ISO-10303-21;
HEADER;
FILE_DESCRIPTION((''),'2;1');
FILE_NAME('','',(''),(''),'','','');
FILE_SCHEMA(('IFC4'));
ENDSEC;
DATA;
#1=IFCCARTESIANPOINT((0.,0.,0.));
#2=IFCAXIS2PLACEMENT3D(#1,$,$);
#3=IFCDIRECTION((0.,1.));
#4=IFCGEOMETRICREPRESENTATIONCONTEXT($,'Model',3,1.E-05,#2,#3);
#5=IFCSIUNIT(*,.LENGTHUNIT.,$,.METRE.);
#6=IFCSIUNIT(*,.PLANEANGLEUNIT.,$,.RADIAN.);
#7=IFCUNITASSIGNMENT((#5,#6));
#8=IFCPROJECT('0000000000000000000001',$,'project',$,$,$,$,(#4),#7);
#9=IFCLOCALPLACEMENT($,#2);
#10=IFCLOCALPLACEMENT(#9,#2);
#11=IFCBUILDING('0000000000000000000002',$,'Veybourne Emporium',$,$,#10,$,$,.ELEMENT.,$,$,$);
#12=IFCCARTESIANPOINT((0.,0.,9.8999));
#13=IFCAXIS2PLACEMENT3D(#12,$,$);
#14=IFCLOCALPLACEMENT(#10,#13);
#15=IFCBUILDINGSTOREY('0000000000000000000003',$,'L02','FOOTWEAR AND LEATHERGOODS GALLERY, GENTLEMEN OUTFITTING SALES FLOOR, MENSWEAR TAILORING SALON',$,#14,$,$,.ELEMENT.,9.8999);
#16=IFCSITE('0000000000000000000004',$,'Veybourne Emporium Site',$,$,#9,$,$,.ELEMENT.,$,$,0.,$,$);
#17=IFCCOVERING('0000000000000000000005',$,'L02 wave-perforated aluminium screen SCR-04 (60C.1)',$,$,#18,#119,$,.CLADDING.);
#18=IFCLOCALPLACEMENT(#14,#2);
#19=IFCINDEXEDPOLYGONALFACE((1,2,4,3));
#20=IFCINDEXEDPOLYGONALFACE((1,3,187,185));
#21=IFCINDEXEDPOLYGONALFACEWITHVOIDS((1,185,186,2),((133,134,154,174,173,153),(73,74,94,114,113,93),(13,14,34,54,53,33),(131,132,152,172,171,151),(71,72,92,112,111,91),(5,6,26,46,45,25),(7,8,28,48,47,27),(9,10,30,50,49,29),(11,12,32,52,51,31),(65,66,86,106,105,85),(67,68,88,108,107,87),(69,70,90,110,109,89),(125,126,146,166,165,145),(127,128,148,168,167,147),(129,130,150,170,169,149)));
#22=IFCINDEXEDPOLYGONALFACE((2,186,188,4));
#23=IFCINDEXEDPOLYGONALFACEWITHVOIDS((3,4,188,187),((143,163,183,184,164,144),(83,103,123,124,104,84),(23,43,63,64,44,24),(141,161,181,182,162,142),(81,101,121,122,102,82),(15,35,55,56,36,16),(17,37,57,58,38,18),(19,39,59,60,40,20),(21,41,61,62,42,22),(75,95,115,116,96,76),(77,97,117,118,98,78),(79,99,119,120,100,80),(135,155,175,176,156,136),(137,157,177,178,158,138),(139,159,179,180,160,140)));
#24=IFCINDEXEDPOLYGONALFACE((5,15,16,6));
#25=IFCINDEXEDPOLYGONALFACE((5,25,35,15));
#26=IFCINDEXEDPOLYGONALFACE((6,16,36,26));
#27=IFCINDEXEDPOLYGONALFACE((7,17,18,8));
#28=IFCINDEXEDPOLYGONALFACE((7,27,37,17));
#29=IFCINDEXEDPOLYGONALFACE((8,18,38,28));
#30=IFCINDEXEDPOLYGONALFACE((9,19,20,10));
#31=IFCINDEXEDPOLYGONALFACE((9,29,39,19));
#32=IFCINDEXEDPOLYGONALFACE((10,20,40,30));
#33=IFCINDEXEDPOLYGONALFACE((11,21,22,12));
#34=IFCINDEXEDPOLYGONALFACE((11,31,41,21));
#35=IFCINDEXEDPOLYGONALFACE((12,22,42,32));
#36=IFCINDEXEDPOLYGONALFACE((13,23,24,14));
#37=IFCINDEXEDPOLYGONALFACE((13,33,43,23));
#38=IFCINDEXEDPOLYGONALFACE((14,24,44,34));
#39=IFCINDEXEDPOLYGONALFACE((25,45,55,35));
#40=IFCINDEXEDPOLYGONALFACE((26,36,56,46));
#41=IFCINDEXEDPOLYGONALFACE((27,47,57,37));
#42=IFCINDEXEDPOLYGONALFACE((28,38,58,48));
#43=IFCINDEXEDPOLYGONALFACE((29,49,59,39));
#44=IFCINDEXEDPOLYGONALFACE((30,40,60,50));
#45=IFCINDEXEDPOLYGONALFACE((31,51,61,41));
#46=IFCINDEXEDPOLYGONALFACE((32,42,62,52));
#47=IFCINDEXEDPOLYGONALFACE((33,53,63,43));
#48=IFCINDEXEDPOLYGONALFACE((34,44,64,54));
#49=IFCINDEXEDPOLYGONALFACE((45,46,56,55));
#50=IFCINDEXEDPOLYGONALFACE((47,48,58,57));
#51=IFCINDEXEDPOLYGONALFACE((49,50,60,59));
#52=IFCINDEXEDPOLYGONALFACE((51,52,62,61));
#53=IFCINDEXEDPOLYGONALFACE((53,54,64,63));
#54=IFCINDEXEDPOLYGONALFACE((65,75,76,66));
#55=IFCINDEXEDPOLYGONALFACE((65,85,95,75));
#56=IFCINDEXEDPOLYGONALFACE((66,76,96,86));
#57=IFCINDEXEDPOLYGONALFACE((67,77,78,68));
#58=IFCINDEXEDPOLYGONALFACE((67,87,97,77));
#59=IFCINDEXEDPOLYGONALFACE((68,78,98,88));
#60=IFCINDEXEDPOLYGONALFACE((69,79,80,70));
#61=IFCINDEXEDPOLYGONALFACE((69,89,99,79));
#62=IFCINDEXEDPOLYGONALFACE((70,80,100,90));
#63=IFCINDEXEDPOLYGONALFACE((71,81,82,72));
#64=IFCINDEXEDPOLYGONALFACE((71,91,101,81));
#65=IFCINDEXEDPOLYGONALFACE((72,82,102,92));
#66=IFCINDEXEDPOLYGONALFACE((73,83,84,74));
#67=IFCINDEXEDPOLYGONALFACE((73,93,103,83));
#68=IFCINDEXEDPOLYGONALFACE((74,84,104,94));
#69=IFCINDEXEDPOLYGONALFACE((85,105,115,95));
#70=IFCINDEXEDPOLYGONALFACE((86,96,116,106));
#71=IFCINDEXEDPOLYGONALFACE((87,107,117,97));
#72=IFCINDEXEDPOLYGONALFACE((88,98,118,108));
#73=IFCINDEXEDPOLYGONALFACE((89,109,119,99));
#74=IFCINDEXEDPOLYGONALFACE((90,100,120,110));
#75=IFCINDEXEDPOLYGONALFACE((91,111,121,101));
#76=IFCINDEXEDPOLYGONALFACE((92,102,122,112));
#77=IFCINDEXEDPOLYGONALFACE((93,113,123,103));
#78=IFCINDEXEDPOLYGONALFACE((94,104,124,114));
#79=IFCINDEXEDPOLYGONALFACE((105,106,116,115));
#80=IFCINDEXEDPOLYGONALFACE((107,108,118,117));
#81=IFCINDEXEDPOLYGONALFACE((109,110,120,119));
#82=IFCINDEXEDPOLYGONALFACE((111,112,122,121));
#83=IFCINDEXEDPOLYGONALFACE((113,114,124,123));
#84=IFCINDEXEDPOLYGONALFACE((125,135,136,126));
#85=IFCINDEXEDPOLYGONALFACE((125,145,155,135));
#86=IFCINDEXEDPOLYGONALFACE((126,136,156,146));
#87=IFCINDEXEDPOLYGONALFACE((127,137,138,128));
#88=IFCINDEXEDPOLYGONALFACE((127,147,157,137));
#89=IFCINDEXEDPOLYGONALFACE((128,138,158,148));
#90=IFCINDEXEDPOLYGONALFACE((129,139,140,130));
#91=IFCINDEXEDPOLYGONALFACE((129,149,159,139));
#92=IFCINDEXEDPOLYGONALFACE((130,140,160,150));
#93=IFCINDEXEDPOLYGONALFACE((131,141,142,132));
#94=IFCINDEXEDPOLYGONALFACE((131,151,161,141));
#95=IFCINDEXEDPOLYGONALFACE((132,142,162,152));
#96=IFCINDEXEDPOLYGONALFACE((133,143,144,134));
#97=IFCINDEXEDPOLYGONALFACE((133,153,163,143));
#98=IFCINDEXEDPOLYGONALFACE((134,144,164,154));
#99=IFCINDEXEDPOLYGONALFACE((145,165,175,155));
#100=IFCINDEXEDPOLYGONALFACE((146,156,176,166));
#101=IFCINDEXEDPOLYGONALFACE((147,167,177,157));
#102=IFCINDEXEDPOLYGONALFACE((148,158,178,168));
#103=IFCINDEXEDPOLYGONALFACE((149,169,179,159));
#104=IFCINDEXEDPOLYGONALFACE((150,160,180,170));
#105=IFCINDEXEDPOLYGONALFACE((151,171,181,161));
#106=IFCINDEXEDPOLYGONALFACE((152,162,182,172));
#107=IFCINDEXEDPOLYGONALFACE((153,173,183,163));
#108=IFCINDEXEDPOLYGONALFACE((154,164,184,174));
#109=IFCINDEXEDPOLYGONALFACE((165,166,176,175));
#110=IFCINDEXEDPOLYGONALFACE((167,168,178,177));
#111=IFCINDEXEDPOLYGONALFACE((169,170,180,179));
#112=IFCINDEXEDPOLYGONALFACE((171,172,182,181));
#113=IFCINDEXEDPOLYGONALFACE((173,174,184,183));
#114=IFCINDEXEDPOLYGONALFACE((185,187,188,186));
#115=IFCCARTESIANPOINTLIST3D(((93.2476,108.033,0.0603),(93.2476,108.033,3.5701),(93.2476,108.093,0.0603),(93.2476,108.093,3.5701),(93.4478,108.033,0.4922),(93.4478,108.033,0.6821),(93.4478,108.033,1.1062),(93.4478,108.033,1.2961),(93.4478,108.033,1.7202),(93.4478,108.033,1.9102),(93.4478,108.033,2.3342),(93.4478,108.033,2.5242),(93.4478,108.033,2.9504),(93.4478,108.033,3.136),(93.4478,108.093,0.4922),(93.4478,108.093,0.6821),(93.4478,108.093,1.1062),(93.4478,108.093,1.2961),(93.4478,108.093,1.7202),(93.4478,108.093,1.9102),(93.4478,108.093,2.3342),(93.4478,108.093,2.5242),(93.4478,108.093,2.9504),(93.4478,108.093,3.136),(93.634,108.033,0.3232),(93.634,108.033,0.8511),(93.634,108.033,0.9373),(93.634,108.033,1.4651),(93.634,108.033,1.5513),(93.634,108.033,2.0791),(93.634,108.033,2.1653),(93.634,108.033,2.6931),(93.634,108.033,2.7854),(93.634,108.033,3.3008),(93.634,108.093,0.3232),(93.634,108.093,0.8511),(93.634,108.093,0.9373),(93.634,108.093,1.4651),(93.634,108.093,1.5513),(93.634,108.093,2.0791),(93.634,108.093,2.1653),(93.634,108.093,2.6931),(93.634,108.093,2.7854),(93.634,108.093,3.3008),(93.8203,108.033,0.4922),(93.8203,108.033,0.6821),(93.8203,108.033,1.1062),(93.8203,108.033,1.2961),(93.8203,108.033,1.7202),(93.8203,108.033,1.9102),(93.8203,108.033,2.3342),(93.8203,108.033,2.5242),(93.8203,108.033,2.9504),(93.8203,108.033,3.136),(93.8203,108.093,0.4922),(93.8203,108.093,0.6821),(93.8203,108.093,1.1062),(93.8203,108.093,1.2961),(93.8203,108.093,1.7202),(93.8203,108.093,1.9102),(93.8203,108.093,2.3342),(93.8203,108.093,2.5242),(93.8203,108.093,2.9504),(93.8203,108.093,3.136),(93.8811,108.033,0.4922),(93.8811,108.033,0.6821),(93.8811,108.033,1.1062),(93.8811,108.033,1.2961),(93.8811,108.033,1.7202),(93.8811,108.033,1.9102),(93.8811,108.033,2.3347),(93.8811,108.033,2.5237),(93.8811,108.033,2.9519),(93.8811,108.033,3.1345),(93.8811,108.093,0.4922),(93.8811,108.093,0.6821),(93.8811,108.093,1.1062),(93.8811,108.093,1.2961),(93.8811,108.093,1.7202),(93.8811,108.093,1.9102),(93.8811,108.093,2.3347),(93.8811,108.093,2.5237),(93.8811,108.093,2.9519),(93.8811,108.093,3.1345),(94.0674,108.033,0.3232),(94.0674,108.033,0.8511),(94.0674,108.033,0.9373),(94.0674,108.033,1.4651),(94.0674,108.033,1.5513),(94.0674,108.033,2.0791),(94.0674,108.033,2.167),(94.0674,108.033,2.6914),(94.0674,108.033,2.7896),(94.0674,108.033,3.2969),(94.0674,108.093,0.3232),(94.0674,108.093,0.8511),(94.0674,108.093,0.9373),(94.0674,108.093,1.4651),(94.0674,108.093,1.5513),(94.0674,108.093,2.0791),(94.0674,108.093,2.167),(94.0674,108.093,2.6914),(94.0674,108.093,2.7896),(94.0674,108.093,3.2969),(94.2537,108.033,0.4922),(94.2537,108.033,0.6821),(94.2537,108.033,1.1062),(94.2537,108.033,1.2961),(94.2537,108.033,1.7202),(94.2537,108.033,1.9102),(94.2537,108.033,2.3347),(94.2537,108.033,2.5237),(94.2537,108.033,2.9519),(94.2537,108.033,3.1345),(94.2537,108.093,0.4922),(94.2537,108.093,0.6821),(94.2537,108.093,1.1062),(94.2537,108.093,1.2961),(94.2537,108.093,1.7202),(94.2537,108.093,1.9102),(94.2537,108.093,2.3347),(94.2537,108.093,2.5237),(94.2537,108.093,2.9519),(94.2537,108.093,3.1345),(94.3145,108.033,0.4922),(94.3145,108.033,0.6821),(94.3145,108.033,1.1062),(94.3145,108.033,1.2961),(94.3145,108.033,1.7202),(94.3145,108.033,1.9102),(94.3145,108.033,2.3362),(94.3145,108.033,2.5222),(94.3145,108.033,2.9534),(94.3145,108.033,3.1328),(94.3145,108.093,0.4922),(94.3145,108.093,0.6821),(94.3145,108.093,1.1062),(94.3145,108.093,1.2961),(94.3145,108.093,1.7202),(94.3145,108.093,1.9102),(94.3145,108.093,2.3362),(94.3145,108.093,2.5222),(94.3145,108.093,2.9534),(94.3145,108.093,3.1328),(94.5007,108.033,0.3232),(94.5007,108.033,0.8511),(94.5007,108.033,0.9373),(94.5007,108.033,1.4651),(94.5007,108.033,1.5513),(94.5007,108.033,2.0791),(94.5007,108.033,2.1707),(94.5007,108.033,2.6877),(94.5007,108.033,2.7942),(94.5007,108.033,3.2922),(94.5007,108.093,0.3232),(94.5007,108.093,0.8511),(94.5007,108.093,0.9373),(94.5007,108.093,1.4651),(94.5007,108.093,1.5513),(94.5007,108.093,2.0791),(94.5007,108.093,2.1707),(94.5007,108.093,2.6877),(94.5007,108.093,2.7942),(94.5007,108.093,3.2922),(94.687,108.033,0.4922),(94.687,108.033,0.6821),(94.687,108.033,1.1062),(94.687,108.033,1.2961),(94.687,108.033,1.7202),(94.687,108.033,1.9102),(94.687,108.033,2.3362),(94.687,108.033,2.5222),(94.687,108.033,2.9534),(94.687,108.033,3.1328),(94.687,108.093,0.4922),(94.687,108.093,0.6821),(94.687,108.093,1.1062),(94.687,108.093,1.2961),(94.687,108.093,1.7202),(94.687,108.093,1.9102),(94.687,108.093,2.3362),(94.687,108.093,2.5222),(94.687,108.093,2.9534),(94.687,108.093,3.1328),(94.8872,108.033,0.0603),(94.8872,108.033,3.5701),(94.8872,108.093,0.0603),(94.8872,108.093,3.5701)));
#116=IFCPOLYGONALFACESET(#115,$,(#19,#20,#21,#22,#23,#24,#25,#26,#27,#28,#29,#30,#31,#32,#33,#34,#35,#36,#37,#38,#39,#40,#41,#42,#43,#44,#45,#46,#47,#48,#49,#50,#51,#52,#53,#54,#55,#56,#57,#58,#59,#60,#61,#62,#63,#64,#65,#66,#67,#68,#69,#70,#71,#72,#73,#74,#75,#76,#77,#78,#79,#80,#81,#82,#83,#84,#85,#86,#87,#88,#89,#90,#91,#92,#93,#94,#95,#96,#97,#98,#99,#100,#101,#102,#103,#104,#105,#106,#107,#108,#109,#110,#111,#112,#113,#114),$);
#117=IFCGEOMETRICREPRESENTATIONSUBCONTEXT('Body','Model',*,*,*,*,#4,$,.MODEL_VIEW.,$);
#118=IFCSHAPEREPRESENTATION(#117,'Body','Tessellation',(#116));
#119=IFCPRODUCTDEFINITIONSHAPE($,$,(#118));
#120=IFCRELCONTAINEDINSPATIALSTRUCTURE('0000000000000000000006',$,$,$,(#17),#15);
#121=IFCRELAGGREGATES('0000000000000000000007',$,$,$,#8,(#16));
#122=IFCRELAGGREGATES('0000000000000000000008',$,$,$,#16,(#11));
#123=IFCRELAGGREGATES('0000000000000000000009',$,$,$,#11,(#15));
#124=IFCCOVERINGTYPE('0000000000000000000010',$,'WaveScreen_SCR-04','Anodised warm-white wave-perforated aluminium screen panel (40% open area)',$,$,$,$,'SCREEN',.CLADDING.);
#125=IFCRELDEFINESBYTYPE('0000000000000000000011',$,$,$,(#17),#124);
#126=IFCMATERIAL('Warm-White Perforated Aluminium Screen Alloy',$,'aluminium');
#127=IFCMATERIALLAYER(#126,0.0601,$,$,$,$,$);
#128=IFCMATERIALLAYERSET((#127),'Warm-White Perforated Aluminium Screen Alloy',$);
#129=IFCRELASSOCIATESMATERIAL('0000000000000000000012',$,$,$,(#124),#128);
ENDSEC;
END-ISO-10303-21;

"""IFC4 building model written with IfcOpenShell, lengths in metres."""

from ifc_helpers import new_model, si_unit, direction, frame, origin, place, context, subcontext, project, spatial, polyline, outline, extrude, material, layer, layer_set, type_object, element, save


model = new_model("IFC4")

# Units and contexts
model_context = context("Model", 3, precision=1e-05, world=origin(), true_north=direction((0.0, 1.0)))
body_context = subcontext(model_context, "Body", "Model", "MODEL_VIEW")
ifc_project = project(units=[si_unit("LENGTHUNIT", "METRE"), si_unit("PLANEANGLEUNIT", "RADIAN")], contexts=[model_context])

# Site, building, storey
site_placement = place(None, origin())
site = spatial("IfcSite", under=ifc_project, at=site_placement, Name="Veybourne Emporium Site", CompositionType="ELEMENT", RefElevation=0.0)
building_placement = place(site_placement, origin())
building = spatial("IfcBuilding", under=site, at=building_placement, Name="Veybourne Emporium", CompositionType="ELEMENT")
storey_placement = place(building_placement, frame((0.0, 0.0, 9.8999)))
storey = spatial("IfcBuildingStorey", under=building, at=storey_placement, Name="L02", Description="FOOTWEAR AND LEATHERGOODS GALLERY, GENTLEMEN OUTFITTING SALES FLOOR, MENSWEAR TAILORING SALON", CompositionType="ELEMENT", Elevation=9.8999)

# Covering
ifc_material_1 = material(Name="Warm-White Perforated Aluminium Screen Alloy", Category="aluminium")
ifc_layer_1 = layer(ifc_material_1, 0.0601)
ifc_layer_set_1 = layer_set([ifc_layer_1], Name="Warm-White Perforated Aluminium Screen Alloy")
covering_type_1 = type_object("IfcCoveringType", Name="WaveScreen_SCR-04", Description="Anodised warm-white wave-perforated aluminium screen panel (40% open area)", ElementType="SCREEN", PredefinedType="CLADDING", material=ifc_layer_set_1)
covering_1_placement = place(storey_placement, frame((94.0674, 108.093, 1.8152), z_axis=(0.0, -1.0, 0.0), x_axis=(1.0, 0.0, 0.0)))
element("IfcCovering", 1, at=covering_1_placement, inside=storey, type_object=covering_type_1, Name="L02 wave-perforated aluminium screen SCR-04 (60C.1)", PredefinedType="CLADDING", context=body_context, shape_type="SweptSolid", body=[
    extrude(outline(polyline([(-0.8198, -1.7549), (0.8198, -1.7549), (0.8198, 1.7549), (-0.8198, 1.7549), (-0.8198, -1.7549)]), holes=[polyline([(-0.4333, -0.9641), (-0.2471, -1.1331), (-0.2471, -1.323), (-0.4333, -1.4919), (-0.6196, -1.323), (-0.6196, -1.1331), (-0.4333, -0.9641)]), polyline([(-0.4333, -0.3501), (-0.2471, -0.519), (-0.2471, -0.709), (-0.4333, -0.8779), (-0.6196, -0.709), (-0.6196, -0.519), (-0.4333, -0.3501)]), polyline([(-0.4333, 0.2639), (-0.2471, 0.095), (-0.2471, -0.095), (-0.4333, -0.2639), (-0.6196, -0.095), (-0.6196, 0.095), (-0.4333, 0.2639)]), polyline([(-0.4333, 0.8779), (-0.2471, 0.709), (-0.2471, 0.519), (-0.4333, 0.3501), (-0.6196, 0.519), (-0.6196, 0.709), (-0.4333, 0.8779)]), polyline([(-0.4333, 1.4856), (-0.2471, 1.3208), (-0.2471, 1.1353), (-0.4333, 0.9702), (-0.6196, 1.1353), (-0.6196, 1.3208), (-0.4333, 1.4856)]), polyline([(0.0, -0.9641), (0.1863, -1.1331), (0.1863, -1.323), (0.0, -1.4919), (-0.1863, -1.323), (-0.1863, -1.1331), (0.0, -0.9641)]), polyline([(0.0, -0.3501), (0.1863, -0.519), (0.1863, -0.709), (0.0, -0.8779), (-0.1863, -0.709), (-0.1863, -0.519), (0.0, -0.3501)]), polyline([(0.0, 0.2639), (0.1863, 0.095), (0.1863, -0.095), (0.0, -0.2639), (-0.1863, -0.095), (-0.1863, 0.095), (0.0, 0.2639)]), polyline([(0.0, 0.8762), (0.1863, 0.7085), (0.1863, 0.5195), (0.0, 0.3518), (-0.1863, 0.5195), (-0.1863, 0.7085), (0.0, 0.8762)]), polyline([(0.0, 1.4817), (0.1863, 1.3193), (0.1863, 1.1367), (0.0, 0.9744), (-0.1863, 1.1367), (-0.1863, 1.3193), (0.0, 1.4817)]), polyline([(0.4333, -0.9641), (0.6196, -1.1331), (0.6196, -1.323), (0.4333, -1.4919), (0.2471, -1.323), (0.2471, -1.1331), (0.4333, -0.9641)]), polyline([(0.4333, -0.3501), (0.6196, -0.519), (0.6196, -0.709), (0.4333, -0.8779), (0.2471, -0.709), (0.2471, -0.519), (0.4333, -0.3501)]), polyline([(0.4333, 0.2639), (0.6196, 0.095), (0.6196, -0.095), (0.4333, -0.2639), (0.2471, -0.095), (0.2471, 0.095), (0.4333, 0.2639)]), polyline([(0.4333, 0.8726), (0.6196, 0.707), (0.6196, 0.521), (0.4333, 0.3555), (0.2471, 0.521), (0.2471, 0.707), (0.4333, 0.8726)]), polyline([(0.4333, 1.4771), (0.6196, 1.3176), (0.6196, 1.1382), (0.4333, 0.979), (0.2471, 1.1382), (0.2471, 1.3176), (0.4333, 1.4771)])]), origin(), (0.0, 0.0, 1.0), 0.0601),
])

save(model, "model.ifc")
